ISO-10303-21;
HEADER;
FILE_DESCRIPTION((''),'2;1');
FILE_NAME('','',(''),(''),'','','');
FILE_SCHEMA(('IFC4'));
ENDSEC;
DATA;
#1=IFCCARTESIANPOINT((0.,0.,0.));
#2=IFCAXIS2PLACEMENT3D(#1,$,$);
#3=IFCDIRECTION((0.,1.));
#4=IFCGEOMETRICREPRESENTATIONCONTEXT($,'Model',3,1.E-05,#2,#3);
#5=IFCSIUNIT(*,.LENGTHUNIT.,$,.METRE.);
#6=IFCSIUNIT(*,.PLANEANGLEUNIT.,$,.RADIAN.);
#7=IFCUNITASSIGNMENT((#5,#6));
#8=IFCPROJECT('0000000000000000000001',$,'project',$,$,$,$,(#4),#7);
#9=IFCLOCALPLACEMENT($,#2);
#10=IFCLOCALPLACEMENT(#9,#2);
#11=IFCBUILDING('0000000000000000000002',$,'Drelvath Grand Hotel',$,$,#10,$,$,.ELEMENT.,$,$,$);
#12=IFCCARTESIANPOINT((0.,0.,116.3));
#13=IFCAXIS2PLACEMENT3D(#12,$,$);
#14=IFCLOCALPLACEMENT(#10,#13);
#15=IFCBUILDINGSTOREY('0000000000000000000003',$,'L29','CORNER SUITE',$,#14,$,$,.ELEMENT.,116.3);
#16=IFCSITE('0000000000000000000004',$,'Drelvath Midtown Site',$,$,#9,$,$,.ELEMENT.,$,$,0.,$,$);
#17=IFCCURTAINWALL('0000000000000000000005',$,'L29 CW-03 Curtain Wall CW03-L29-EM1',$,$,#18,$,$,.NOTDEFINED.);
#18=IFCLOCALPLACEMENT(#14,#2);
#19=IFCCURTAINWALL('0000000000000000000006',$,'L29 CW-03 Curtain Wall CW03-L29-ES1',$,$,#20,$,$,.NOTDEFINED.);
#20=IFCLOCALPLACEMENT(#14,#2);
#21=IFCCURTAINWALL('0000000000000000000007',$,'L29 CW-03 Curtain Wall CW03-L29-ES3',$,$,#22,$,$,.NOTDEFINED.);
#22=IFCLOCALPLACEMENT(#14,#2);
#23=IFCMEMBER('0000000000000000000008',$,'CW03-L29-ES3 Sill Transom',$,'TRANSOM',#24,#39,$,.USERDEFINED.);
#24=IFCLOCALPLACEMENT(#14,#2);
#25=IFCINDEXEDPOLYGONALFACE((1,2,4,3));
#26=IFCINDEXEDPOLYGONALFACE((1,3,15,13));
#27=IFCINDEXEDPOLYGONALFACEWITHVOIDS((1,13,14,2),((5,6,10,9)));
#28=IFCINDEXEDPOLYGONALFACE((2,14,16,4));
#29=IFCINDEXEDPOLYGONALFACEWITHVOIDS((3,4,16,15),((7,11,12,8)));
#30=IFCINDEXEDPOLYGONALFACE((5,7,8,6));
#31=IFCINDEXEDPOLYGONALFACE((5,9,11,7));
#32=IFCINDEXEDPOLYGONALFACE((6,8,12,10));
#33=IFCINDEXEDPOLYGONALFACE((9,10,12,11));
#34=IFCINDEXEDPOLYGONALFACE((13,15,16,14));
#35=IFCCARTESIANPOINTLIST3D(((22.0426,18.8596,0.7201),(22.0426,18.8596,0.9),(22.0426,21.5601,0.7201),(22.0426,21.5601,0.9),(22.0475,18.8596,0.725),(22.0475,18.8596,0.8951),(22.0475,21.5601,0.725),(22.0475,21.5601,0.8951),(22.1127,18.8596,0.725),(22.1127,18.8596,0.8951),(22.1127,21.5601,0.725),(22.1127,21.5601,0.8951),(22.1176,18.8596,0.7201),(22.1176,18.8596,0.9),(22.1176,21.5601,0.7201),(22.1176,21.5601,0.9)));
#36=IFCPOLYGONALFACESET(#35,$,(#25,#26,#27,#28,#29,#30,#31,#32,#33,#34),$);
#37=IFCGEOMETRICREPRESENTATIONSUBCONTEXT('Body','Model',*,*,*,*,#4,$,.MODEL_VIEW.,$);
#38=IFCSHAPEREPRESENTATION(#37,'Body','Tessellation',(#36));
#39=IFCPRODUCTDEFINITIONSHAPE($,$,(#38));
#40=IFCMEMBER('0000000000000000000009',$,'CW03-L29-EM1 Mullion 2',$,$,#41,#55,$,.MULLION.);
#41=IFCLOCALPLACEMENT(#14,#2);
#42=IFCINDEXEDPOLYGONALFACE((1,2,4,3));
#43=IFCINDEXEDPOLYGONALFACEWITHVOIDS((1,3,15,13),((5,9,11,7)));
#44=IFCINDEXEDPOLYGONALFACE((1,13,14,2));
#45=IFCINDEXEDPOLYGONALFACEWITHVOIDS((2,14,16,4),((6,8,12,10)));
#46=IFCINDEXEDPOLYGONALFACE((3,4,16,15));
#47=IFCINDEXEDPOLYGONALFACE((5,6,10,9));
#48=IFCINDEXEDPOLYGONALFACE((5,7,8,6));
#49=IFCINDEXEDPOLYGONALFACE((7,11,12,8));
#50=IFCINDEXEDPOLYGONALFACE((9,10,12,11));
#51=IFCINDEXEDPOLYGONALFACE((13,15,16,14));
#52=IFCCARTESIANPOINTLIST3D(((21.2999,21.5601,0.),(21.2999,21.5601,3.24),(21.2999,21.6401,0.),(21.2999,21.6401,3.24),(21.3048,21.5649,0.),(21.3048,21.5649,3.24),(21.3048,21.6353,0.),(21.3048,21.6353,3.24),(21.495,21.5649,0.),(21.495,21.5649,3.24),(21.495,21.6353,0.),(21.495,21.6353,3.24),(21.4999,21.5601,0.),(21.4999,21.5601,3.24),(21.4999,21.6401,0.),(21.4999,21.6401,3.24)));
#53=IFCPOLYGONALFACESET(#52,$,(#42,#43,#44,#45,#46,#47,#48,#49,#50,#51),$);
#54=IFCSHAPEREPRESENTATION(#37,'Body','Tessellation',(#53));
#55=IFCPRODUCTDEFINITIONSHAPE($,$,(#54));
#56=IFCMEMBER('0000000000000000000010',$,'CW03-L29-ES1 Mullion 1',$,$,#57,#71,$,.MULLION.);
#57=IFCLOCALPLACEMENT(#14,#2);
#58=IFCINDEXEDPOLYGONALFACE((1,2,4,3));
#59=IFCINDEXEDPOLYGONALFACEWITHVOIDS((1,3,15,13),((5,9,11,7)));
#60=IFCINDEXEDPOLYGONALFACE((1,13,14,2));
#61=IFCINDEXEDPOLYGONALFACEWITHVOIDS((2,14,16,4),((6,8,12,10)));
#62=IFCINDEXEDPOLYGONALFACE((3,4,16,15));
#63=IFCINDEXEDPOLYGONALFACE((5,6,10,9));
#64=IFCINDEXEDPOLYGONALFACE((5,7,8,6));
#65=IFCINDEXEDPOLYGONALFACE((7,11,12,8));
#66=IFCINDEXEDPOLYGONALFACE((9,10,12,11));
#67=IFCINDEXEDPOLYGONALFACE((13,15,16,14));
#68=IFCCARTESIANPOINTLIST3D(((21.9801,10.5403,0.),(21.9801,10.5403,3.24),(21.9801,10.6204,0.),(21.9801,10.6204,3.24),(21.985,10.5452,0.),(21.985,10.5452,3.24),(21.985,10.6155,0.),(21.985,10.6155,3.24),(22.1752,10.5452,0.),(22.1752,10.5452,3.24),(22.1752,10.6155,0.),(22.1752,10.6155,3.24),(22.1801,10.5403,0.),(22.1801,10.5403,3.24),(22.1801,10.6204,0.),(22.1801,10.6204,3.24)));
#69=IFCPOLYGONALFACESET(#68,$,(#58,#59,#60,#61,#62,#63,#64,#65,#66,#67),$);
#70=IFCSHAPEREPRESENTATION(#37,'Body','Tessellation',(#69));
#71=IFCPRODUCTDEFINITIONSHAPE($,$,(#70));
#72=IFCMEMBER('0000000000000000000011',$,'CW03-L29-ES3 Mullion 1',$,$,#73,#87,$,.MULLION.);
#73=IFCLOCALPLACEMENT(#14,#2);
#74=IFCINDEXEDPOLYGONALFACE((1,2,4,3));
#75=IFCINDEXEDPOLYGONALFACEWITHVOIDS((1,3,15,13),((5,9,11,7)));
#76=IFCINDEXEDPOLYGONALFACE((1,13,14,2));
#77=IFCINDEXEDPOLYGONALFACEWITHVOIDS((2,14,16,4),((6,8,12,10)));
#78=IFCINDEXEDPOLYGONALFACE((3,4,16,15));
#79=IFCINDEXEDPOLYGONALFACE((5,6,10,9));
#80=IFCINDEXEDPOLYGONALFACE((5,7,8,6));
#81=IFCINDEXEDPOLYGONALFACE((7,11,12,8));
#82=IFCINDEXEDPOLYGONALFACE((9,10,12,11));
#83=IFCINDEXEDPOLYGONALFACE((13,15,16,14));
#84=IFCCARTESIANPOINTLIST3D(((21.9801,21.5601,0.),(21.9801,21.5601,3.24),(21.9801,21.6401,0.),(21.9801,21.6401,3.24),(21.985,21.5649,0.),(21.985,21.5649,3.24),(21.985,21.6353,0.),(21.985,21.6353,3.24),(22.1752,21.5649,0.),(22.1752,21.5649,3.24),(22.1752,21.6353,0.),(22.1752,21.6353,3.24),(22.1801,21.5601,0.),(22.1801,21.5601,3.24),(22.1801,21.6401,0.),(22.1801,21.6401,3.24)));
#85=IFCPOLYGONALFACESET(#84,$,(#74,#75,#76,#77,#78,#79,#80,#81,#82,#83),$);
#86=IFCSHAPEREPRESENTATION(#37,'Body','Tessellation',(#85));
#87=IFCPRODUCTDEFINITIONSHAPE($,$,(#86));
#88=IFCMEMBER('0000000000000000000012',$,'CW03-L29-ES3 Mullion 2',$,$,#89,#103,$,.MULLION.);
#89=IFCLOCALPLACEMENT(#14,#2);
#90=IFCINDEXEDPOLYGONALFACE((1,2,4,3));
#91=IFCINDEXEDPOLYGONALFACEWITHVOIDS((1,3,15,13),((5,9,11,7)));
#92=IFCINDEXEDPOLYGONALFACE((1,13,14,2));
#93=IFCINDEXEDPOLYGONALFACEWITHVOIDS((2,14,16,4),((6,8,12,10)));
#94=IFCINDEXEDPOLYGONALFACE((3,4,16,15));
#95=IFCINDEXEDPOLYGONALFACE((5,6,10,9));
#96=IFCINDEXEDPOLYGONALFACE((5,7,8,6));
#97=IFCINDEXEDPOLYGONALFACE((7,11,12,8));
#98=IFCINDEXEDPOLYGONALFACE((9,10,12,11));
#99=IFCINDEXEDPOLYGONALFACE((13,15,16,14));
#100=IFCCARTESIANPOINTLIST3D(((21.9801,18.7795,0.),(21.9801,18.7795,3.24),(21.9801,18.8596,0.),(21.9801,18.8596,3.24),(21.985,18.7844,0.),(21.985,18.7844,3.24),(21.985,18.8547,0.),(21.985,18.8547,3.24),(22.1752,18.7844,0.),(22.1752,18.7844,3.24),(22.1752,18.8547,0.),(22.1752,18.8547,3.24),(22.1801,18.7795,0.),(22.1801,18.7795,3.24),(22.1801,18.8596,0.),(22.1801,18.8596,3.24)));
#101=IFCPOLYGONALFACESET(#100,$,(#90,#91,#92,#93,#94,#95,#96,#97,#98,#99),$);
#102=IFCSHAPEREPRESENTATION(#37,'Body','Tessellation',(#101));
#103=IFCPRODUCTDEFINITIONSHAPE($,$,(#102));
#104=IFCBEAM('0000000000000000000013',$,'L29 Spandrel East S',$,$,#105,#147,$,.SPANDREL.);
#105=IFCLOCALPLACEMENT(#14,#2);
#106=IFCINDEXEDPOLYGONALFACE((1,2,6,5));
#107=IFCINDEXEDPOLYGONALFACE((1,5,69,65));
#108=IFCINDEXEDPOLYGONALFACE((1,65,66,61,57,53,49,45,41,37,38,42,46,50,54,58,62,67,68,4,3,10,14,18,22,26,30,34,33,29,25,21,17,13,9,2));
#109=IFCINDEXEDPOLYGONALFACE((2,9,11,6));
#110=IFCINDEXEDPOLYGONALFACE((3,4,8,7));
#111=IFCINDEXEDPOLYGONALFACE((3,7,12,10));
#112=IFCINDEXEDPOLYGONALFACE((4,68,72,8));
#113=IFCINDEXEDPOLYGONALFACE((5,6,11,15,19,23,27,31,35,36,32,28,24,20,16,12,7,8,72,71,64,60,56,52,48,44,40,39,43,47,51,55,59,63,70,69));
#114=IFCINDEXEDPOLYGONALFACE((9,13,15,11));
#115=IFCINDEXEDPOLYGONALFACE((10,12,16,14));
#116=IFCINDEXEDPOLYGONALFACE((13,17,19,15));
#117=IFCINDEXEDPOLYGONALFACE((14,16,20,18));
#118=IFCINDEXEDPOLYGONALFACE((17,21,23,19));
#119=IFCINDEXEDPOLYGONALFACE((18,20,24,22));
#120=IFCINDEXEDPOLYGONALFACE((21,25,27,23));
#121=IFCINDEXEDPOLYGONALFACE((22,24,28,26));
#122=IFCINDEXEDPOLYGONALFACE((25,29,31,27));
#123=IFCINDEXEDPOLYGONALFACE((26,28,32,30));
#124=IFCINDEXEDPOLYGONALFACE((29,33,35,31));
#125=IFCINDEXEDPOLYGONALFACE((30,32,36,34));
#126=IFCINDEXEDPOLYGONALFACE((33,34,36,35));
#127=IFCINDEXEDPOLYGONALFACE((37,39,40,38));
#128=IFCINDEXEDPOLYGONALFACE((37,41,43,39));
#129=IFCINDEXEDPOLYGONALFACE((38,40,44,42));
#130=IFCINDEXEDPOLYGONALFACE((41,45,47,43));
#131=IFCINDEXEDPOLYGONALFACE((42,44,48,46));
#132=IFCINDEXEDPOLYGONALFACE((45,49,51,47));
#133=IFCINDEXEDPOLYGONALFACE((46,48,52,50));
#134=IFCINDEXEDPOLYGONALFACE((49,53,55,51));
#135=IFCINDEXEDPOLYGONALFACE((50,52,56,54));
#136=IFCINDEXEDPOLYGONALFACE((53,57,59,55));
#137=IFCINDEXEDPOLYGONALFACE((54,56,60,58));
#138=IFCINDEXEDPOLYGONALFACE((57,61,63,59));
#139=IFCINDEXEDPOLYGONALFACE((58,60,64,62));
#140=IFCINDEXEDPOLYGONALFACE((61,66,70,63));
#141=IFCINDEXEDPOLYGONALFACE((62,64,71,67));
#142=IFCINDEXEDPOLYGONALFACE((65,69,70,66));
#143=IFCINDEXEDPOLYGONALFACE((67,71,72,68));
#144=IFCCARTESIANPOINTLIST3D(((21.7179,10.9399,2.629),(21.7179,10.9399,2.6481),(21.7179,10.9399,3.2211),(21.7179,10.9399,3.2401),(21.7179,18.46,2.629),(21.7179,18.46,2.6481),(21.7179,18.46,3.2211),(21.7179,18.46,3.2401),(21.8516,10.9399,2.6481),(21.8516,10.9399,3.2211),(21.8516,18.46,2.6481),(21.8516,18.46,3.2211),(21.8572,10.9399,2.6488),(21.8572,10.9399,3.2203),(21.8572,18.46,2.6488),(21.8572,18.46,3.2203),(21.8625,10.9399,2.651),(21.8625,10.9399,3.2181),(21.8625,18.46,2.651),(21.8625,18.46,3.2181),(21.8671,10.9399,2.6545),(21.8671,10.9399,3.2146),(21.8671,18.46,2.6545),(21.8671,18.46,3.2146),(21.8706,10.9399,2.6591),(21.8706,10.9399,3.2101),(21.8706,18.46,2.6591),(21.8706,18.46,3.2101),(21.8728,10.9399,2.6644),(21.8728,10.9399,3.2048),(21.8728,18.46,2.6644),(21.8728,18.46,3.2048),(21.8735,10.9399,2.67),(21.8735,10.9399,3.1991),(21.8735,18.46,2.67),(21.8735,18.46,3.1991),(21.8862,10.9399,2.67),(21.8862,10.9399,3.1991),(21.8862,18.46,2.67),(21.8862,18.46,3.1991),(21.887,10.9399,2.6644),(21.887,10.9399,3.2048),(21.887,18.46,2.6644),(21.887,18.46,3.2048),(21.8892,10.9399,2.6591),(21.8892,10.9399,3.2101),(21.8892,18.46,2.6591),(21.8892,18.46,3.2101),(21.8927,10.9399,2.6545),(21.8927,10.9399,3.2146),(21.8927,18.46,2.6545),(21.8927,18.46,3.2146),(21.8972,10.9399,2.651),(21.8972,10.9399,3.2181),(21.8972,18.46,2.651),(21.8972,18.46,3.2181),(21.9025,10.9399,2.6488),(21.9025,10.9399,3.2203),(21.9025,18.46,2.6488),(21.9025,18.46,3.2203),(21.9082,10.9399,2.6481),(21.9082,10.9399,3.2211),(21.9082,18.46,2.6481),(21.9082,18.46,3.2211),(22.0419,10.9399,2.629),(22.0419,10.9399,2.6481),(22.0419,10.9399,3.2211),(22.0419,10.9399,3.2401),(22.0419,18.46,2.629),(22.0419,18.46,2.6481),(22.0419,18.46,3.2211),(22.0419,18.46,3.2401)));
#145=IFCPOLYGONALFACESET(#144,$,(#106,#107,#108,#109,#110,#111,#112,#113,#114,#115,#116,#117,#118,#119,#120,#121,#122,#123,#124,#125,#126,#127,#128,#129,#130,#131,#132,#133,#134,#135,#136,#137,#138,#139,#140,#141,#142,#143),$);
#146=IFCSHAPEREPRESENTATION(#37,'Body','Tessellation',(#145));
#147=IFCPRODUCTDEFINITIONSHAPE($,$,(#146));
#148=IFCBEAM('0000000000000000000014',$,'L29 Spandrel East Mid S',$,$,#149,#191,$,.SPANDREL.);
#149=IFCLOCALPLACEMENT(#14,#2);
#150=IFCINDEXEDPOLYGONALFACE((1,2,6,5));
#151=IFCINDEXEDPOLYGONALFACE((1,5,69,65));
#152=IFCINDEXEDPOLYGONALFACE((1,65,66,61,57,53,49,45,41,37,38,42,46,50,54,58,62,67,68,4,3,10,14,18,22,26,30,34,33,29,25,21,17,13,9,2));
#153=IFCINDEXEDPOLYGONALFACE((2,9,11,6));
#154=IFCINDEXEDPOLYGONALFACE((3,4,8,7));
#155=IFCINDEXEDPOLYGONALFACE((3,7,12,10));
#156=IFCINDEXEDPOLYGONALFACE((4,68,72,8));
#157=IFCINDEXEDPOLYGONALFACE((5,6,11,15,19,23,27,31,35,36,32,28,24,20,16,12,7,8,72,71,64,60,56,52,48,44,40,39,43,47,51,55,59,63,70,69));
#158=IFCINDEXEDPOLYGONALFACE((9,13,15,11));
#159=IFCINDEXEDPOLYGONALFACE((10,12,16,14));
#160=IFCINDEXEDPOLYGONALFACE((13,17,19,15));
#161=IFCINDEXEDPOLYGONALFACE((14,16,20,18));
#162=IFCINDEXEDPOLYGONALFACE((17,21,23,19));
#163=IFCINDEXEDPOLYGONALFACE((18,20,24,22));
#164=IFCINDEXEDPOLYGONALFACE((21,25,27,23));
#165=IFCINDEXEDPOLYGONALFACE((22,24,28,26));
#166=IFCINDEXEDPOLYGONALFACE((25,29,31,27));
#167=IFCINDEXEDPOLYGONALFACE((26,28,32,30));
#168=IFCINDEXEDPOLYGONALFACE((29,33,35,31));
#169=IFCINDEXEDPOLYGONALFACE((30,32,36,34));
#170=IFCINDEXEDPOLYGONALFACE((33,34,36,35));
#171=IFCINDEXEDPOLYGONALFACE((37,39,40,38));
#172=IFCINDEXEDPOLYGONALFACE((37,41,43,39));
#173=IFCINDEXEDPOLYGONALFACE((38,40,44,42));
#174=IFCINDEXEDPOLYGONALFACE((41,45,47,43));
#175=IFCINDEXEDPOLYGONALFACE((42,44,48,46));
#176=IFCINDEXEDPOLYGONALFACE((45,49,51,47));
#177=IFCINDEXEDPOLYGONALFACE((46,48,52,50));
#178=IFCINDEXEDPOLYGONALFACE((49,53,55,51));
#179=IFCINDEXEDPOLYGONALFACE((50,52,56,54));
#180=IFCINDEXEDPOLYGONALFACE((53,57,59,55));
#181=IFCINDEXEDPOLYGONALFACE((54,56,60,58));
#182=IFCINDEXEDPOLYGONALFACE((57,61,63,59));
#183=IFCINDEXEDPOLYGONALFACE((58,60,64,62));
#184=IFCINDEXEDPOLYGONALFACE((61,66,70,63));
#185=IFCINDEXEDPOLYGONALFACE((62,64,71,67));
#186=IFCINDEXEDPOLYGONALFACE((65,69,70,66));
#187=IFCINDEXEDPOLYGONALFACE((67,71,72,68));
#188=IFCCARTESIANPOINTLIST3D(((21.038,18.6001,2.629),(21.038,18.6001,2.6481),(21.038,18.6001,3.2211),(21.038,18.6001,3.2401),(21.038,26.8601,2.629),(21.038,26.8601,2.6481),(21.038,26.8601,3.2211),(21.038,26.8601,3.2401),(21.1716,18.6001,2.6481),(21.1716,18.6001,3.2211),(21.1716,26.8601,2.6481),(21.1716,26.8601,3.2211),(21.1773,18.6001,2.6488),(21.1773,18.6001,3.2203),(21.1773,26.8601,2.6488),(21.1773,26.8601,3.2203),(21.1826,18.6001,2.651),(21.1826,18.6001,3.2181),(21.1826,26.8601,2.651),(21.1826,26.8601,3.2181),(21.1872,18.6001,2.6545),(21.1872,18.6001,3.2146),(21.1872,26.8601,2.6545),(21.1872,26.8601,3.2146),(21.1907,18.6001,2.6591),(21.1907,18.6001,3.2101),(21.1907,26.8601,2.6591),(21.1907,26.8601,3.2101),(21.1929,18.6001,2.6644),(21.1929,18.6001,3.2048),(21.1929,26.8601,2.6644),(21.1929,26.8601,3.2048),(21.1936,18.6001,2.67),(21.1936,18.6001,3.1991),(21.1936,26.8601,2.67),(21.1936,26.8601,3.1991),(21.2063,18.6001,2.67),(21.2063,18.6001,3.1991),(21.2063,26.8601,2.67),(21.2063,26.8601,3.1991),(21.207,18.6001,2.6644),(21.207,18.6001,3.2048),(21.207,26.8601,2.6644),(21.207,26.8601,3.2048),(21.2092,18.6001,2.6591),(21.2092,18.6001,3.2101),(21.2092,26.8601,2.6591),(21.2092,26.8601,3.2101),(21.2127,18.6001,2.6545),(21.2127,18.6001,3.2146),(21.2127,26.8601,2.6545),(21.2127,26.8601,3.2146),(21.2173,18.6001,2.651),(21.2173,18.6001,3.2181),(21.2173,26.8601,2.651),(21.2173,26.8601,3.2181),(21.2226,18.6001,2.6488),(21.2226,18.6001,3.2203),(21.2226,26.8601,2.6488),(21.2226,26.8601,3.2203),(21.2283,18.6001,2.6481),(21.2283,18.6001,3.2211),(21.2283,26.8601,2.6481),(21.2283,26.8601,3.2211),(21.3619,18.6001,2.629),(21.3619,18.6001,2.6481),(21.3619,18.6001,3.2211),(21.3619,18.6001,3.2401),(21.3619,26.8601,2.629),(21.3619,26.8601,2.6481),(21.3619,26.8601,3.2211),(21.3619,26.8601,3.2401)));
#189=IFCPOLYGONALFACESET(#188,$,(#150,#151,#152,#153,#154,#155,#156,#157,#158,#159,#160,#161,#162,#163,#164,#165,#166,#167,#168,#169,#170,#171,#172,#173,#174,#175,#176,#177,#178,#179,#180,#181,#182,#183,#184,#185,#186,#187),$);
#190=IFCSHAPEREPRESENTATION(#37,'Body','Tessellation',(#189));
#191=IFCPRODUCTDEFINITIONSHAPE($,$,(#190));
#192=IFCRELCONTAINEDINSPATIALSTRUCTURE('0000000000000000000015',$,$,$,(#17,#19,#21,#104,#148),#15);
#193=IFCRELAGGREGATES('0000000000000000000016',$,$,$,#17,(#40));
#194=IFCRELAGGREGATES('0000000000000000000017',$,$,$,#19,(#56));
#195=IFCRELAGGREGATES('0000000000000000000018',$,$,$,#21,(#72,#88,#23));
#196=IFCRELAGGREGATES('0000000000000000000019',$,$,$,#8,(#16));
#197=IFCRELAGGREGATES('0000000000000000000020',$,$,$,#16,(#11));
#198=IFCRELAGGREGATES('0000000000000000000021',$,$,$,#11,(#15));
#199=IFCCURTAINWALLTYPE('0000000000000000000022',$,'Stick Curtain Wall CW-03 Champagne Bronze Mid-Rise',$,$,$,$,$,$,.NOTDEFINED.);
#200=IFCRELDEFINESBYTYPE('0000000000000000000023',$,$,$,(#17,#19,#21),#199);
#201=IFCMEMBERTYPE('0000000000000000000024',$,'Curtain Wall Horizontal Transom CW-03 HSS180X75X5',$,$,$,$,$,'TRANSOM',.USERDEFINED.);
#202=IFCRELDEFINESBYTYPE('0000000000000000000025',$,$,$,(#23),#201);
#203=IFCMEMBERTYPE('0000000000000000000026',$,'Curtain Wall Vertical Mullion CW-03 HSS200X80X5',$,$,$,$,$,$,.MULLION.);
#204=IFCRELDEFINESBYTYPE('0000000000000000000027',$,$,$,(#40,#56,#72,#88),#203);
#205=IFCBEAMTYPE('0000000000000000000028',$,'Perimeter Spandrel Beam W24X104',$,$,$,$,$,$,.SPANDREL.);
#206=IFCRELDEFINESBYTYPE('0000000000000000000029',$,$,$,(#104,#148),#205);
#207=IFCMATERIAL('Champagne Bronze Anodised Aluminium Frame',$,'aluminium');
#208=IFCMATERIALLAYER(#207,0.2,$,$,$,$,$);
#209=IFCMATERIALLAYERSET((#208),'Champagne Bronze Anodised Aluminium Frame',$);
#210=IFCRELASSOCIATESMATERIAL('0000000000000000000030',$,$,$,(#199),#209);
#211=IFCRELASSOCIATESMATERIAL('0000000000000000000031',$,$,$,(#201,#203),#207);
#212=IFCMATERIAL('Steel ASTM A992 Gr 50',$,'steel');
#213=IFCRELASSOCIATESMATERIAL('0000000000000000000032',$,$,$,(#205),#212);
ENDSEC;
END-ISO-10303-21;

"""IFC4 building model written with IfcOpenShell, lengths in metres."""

from ifc_helpers import new_model, si_unit, direction, frame, origin, origin_2d, place, context, subcontext, project, spatial, hollow_rectangle, i_section, extrude, material, layer, layer_set, material_profile, profile_set, type_object, element, aggregate, save


model = new_model("IFC4")

# Units and contexts
model_context = context("Model", 3, precision=1e-05, world=origin(), true_north=direction((0.0, 1.0)))
body_context = subcontext(model_context, "Body", "Model", "MODEL_VIEW")
ifc_project = project(units=[si_unit("LENGTHUNIT", "METRE"), si_unit("PLANEANGLEUNIT", "RADIAN")], contexts=[model_context])

# Site, building, storey
site_placement = place(None, origin())
site = spatial("IfcSite", under=ifc_project, at=site_placement, Name="Drelvath Midtown Site", CompositionType="ELEMENT", RefElevation=0.0)
building_placement = place(site_placement, origin())
building = spatial("IfcBuilding", under=site, at=building_placement, Name="Drelvath Grand Hotel", CompositionType="ELEMENT")
storey_placement = place(building_placement, frame((0.0, 0.0, 116.3)))
storey = spatial("IfcBuildingStorey", under=building, at=storey_placement, Name="L29", Description="CORNER SUITE", CompositionType="ELEMENT", Elevation=116.3)

# Shared definitions
ifc_material_1 = material(Name="Steel ASTM A992 Gr 50", Category="steel")

# Curtain walls, member
ifc_material_2 = material(Name="Champagne Bronze Anodised Aluminium Frame", Category="aluminium")
ifc_layer_1 = layer(ifc_material_2, 0.2)
ifc_layer_set_1 = layer_set([ifc_layer_1], Name="Champagne Bronze Anodised Aluminium Frame")
curtain_wall_type = type_object("IfcCurtainWallType", Name="Stick Curtain Wall CW-03 Champagne Bronze Mid-Rise", PredefinedType="NOTDEFINED", material=ifc_layer_set_1)
curtain_wall_1_placement = place(storey_placement, origin())
curtain_wall_1 = element("IfcCurtainWall", 1, at=curtain_wall_1_placement, inside=storey, type_object=curtain_wall_type, Name="L29 CW-03 Curtain Wall CW03-L29-EM1", PredefinedType="NOTDEFINED")
ifc_material_profile_1 = material_profile(ifc_material_2, hollow_rectangle(XDim=0.075, YDim=0.1799, WallThickness=0.0049, at=origin_2d()), Name="HSS180X75X5")
ifc_profile_set_1 = profile_set([ifc_material_profile_1], Name="Champagne Bronze Anodised Aluminium Frame")
member_type_1 = type_object("IfcMemberType", Name="Curtain Wall Horizontal Transom CW-03 HSS180X75X5", ElementType="TRANSOM", PredefinedType="USERDEFINED", material=ifc_profile_set_1)
curtain_wall_2_placement = place(storey_placement, origin())
curtain_wall_2 = element("IfcCurtainWall", 2, at=curtain_wall_2_placement, inside=storey, type_object=curtain_wall_type, Name="L29 CW-03 Curtain Wall CW03-L29-ES1", PredefinedType="NOTDEFINED")
curtain_wall_3_placement = place(storey_placement, origin())
curtain_wall_3 = element("IfcCurtainWall", 3, at=curtain_wall_3_placement, inside=storey, type_object=curtain_wall_type, Name="L29 CW-03 Curtain Wall CW03-L29-ES3", PredefinedType="NOTDEFINED")
member_1_placement = place(storey_placement, frame((22.0801, 21.5601, 0.8101), z_axis=(0.0, -1.0, 0.0), x_axis=(1.0, 0.0, 0.0)))
member_1 = element("IfcMember", 4, at=member_1_placement, type_object=member_type_1, Name="CW03-L29-ES3 Sill Transom", ObjectType="TRANSOM", PredefinedType="USERDEFINED", context=body_context, shape_type="SweptSolid", body=[
    extrude(hollow_rectangle(XDim=0.075, YDim=0.1799, WallThickness=0.0049, at=origin_2d()), origin(), (0.0, 0.0, 1.0), 2.7004),
])

# Members
ifc_material_profile_2 = material_profile(ifc_material_2, hollow_rectangle(XDim=0.0801, YDim=0.2, WallThickness=0.0049, at=origin_2d()), Name="HSS200X80X5")
ifc_profile_set_2 = profile_set([ifc_material_profile_2], Name="Champagne Bronze Anodised Aluminium Frame")
member_type_2 = type_object("IfcMemberType", Name="Curtain Wall Vertical Mullion CW-03 HSS200X80X5", PredefinedType="MULLION", material=ifc_profile_set_2)
member_2_placement = place(storey_placement, frame((21.3999, 21.6001, 0.0), z_axis=(0.0, 0.0, 1.0), x_axis=(0.0, 1.0, 0.0)))
member_2 = element("IfcMember", 5, at=member_2_placement, type_object=member_type_2, Name="CW03-L29-EM1 Mullion 2", PredefinedType="MULLION", context=body_context, shape_type="SweptSolid", body=[
    extrude(hollow_rectangle(XDim=0.0801, YDim=0.2, WallThickness=0.0049, at=origin_2d()), origin(), (0.0, 0.0, 1.0), 3.24),
])
member_3_placement = place(storey_placement, frame((22.0801, 10.5803, 0.0), z_axis=(0.0, 0.0, 1.0), x_axis=(0.0, 1.0, 0.0)))
member_3 = element("IfcMember", 6, at=member_3_placement, type_object=member_type_2, Name="CW03-L29-ES1 Mullion 1", PredefinedType="MULLION", context=body_context, shape_type="SweptSolid", body=[
    extrude(hollow_rectangle(XDim=0.0801, YDim=0.2, WallThickness=0.0049, at=origin_2d()), origin(), (0.0, 0.0, 1.0), 3.24),
])
member_4_placement = place(storey_placement, frame((22.0801, 21.6001, 0.0), z_axis=(0.0, 0.0, 1.0), x_axis=(0.0, 1.0, 0.0)))
member_4 = element("IfcMember", 7, at=member_4_placement, type_object=member_type_2, Name="CW03-L29-ES3 Mullion 1", PredefinedType="MULLION", context=body_context, shape_type="SweptSolid", body=[
    extrude(hollow_rectangle(XDim=0.0801, YDim=0.2, WallThickness=0.0049, at=origin_2d()), origin(), (0.0, 0.0, 1.0), 3.24),
])
member_5_placement = place(storey_placement, frame((22.0801, 18.8196, 0.0), z_axis=(0.0, 0.0, 1.0), x_axis=(0.0, 1.0, 0.0)))
member_5 = element("IfcMember", 8, at=member_5_placement, type_object=member_type_2, Name="CW03-L29-ES3 Mullion 2", PredefinedType="MULLION", context=body_context, shape_type="SweptSolid", body=[
    extrude(hollow_rectangle(XDim=0.0801, YDim=0.2, WallThickness=0.0049, at=origin_2d()), origin(), (0.0, 0.0, 1.0), 3.24),
])

# Beams
ifc_material_profile_3 = material_profile(ifc_material_1, i_section(OverallWidth=0.324, OverallDepth=0.6111, WebThickness=0.0127, FlangeThickness=0.019, FilletRadius=0.022, at=origin_2d()), Name="W24X104")
ifc_profile_set_3 = profile_set([ifc_material_profile_3], Name="Steel ASTM A992 Gr 50")
beam_type_1 = type_object("IfcBeamType", Name="Perimeter Spandrel Beam W24X104", PredefinedType="SPANDREL", material=ifc_profile_set_3)
beam_1_placement = place(storey_placement, frame((21.8799, 10.9399, 2.9346), z_axis=(0.0, 1.0, 0.0), x_axis=(-1.0, 0.0, 0.0)))
element("IfcBeam", 9, at=beam_1_placement, inside=storey, type_object=beam_type_1, Name="L29 Spandrel East S", PredefinedType="SPANDREL", context=body_context, shape_type="SweptSolid", body=[
    extrude(i_section(OverallWidth=0.324, OverallDepth=0.6111, WebThickness=0.0127, FlangeThickness=0.019, FilletRadius=0.022, at=origin_2d()), origin(), (0.0, 0.0, 1.0), 7.52),
])
beam_2_placement = place(storey_placement, frame((21.2, 18.6001, 2.9346), z_axis=(0.0, 1.0, 0.0), x_axis=(-1.0, 0.0, 0.0)))
element("IfcBeam", 10, at=beam_2_placement, inside=storey, type_object=beam_type_1, Name="L29 Spandrel East Mid S", PredefinedType="SPANDREL", context=body_context, shape_type="SweptSolid", body=[
    extrude(i_section(OverallWidth=0.324, OverallDepth=0.6111, WebThickness=0.0127, FlangeThickness=0.019, FilletRadius=0.022, at=origin_2d()), origin(), (0.0, 0.0, 1.0), 8.26),
])

aggregate(curtain_wall_1, [member_2])
aggregate(curtain_wall_2, [member_3])
aggregate(curtain_wall_3, [member_4, member_5, member_1])

save(model, "model.ifc")
